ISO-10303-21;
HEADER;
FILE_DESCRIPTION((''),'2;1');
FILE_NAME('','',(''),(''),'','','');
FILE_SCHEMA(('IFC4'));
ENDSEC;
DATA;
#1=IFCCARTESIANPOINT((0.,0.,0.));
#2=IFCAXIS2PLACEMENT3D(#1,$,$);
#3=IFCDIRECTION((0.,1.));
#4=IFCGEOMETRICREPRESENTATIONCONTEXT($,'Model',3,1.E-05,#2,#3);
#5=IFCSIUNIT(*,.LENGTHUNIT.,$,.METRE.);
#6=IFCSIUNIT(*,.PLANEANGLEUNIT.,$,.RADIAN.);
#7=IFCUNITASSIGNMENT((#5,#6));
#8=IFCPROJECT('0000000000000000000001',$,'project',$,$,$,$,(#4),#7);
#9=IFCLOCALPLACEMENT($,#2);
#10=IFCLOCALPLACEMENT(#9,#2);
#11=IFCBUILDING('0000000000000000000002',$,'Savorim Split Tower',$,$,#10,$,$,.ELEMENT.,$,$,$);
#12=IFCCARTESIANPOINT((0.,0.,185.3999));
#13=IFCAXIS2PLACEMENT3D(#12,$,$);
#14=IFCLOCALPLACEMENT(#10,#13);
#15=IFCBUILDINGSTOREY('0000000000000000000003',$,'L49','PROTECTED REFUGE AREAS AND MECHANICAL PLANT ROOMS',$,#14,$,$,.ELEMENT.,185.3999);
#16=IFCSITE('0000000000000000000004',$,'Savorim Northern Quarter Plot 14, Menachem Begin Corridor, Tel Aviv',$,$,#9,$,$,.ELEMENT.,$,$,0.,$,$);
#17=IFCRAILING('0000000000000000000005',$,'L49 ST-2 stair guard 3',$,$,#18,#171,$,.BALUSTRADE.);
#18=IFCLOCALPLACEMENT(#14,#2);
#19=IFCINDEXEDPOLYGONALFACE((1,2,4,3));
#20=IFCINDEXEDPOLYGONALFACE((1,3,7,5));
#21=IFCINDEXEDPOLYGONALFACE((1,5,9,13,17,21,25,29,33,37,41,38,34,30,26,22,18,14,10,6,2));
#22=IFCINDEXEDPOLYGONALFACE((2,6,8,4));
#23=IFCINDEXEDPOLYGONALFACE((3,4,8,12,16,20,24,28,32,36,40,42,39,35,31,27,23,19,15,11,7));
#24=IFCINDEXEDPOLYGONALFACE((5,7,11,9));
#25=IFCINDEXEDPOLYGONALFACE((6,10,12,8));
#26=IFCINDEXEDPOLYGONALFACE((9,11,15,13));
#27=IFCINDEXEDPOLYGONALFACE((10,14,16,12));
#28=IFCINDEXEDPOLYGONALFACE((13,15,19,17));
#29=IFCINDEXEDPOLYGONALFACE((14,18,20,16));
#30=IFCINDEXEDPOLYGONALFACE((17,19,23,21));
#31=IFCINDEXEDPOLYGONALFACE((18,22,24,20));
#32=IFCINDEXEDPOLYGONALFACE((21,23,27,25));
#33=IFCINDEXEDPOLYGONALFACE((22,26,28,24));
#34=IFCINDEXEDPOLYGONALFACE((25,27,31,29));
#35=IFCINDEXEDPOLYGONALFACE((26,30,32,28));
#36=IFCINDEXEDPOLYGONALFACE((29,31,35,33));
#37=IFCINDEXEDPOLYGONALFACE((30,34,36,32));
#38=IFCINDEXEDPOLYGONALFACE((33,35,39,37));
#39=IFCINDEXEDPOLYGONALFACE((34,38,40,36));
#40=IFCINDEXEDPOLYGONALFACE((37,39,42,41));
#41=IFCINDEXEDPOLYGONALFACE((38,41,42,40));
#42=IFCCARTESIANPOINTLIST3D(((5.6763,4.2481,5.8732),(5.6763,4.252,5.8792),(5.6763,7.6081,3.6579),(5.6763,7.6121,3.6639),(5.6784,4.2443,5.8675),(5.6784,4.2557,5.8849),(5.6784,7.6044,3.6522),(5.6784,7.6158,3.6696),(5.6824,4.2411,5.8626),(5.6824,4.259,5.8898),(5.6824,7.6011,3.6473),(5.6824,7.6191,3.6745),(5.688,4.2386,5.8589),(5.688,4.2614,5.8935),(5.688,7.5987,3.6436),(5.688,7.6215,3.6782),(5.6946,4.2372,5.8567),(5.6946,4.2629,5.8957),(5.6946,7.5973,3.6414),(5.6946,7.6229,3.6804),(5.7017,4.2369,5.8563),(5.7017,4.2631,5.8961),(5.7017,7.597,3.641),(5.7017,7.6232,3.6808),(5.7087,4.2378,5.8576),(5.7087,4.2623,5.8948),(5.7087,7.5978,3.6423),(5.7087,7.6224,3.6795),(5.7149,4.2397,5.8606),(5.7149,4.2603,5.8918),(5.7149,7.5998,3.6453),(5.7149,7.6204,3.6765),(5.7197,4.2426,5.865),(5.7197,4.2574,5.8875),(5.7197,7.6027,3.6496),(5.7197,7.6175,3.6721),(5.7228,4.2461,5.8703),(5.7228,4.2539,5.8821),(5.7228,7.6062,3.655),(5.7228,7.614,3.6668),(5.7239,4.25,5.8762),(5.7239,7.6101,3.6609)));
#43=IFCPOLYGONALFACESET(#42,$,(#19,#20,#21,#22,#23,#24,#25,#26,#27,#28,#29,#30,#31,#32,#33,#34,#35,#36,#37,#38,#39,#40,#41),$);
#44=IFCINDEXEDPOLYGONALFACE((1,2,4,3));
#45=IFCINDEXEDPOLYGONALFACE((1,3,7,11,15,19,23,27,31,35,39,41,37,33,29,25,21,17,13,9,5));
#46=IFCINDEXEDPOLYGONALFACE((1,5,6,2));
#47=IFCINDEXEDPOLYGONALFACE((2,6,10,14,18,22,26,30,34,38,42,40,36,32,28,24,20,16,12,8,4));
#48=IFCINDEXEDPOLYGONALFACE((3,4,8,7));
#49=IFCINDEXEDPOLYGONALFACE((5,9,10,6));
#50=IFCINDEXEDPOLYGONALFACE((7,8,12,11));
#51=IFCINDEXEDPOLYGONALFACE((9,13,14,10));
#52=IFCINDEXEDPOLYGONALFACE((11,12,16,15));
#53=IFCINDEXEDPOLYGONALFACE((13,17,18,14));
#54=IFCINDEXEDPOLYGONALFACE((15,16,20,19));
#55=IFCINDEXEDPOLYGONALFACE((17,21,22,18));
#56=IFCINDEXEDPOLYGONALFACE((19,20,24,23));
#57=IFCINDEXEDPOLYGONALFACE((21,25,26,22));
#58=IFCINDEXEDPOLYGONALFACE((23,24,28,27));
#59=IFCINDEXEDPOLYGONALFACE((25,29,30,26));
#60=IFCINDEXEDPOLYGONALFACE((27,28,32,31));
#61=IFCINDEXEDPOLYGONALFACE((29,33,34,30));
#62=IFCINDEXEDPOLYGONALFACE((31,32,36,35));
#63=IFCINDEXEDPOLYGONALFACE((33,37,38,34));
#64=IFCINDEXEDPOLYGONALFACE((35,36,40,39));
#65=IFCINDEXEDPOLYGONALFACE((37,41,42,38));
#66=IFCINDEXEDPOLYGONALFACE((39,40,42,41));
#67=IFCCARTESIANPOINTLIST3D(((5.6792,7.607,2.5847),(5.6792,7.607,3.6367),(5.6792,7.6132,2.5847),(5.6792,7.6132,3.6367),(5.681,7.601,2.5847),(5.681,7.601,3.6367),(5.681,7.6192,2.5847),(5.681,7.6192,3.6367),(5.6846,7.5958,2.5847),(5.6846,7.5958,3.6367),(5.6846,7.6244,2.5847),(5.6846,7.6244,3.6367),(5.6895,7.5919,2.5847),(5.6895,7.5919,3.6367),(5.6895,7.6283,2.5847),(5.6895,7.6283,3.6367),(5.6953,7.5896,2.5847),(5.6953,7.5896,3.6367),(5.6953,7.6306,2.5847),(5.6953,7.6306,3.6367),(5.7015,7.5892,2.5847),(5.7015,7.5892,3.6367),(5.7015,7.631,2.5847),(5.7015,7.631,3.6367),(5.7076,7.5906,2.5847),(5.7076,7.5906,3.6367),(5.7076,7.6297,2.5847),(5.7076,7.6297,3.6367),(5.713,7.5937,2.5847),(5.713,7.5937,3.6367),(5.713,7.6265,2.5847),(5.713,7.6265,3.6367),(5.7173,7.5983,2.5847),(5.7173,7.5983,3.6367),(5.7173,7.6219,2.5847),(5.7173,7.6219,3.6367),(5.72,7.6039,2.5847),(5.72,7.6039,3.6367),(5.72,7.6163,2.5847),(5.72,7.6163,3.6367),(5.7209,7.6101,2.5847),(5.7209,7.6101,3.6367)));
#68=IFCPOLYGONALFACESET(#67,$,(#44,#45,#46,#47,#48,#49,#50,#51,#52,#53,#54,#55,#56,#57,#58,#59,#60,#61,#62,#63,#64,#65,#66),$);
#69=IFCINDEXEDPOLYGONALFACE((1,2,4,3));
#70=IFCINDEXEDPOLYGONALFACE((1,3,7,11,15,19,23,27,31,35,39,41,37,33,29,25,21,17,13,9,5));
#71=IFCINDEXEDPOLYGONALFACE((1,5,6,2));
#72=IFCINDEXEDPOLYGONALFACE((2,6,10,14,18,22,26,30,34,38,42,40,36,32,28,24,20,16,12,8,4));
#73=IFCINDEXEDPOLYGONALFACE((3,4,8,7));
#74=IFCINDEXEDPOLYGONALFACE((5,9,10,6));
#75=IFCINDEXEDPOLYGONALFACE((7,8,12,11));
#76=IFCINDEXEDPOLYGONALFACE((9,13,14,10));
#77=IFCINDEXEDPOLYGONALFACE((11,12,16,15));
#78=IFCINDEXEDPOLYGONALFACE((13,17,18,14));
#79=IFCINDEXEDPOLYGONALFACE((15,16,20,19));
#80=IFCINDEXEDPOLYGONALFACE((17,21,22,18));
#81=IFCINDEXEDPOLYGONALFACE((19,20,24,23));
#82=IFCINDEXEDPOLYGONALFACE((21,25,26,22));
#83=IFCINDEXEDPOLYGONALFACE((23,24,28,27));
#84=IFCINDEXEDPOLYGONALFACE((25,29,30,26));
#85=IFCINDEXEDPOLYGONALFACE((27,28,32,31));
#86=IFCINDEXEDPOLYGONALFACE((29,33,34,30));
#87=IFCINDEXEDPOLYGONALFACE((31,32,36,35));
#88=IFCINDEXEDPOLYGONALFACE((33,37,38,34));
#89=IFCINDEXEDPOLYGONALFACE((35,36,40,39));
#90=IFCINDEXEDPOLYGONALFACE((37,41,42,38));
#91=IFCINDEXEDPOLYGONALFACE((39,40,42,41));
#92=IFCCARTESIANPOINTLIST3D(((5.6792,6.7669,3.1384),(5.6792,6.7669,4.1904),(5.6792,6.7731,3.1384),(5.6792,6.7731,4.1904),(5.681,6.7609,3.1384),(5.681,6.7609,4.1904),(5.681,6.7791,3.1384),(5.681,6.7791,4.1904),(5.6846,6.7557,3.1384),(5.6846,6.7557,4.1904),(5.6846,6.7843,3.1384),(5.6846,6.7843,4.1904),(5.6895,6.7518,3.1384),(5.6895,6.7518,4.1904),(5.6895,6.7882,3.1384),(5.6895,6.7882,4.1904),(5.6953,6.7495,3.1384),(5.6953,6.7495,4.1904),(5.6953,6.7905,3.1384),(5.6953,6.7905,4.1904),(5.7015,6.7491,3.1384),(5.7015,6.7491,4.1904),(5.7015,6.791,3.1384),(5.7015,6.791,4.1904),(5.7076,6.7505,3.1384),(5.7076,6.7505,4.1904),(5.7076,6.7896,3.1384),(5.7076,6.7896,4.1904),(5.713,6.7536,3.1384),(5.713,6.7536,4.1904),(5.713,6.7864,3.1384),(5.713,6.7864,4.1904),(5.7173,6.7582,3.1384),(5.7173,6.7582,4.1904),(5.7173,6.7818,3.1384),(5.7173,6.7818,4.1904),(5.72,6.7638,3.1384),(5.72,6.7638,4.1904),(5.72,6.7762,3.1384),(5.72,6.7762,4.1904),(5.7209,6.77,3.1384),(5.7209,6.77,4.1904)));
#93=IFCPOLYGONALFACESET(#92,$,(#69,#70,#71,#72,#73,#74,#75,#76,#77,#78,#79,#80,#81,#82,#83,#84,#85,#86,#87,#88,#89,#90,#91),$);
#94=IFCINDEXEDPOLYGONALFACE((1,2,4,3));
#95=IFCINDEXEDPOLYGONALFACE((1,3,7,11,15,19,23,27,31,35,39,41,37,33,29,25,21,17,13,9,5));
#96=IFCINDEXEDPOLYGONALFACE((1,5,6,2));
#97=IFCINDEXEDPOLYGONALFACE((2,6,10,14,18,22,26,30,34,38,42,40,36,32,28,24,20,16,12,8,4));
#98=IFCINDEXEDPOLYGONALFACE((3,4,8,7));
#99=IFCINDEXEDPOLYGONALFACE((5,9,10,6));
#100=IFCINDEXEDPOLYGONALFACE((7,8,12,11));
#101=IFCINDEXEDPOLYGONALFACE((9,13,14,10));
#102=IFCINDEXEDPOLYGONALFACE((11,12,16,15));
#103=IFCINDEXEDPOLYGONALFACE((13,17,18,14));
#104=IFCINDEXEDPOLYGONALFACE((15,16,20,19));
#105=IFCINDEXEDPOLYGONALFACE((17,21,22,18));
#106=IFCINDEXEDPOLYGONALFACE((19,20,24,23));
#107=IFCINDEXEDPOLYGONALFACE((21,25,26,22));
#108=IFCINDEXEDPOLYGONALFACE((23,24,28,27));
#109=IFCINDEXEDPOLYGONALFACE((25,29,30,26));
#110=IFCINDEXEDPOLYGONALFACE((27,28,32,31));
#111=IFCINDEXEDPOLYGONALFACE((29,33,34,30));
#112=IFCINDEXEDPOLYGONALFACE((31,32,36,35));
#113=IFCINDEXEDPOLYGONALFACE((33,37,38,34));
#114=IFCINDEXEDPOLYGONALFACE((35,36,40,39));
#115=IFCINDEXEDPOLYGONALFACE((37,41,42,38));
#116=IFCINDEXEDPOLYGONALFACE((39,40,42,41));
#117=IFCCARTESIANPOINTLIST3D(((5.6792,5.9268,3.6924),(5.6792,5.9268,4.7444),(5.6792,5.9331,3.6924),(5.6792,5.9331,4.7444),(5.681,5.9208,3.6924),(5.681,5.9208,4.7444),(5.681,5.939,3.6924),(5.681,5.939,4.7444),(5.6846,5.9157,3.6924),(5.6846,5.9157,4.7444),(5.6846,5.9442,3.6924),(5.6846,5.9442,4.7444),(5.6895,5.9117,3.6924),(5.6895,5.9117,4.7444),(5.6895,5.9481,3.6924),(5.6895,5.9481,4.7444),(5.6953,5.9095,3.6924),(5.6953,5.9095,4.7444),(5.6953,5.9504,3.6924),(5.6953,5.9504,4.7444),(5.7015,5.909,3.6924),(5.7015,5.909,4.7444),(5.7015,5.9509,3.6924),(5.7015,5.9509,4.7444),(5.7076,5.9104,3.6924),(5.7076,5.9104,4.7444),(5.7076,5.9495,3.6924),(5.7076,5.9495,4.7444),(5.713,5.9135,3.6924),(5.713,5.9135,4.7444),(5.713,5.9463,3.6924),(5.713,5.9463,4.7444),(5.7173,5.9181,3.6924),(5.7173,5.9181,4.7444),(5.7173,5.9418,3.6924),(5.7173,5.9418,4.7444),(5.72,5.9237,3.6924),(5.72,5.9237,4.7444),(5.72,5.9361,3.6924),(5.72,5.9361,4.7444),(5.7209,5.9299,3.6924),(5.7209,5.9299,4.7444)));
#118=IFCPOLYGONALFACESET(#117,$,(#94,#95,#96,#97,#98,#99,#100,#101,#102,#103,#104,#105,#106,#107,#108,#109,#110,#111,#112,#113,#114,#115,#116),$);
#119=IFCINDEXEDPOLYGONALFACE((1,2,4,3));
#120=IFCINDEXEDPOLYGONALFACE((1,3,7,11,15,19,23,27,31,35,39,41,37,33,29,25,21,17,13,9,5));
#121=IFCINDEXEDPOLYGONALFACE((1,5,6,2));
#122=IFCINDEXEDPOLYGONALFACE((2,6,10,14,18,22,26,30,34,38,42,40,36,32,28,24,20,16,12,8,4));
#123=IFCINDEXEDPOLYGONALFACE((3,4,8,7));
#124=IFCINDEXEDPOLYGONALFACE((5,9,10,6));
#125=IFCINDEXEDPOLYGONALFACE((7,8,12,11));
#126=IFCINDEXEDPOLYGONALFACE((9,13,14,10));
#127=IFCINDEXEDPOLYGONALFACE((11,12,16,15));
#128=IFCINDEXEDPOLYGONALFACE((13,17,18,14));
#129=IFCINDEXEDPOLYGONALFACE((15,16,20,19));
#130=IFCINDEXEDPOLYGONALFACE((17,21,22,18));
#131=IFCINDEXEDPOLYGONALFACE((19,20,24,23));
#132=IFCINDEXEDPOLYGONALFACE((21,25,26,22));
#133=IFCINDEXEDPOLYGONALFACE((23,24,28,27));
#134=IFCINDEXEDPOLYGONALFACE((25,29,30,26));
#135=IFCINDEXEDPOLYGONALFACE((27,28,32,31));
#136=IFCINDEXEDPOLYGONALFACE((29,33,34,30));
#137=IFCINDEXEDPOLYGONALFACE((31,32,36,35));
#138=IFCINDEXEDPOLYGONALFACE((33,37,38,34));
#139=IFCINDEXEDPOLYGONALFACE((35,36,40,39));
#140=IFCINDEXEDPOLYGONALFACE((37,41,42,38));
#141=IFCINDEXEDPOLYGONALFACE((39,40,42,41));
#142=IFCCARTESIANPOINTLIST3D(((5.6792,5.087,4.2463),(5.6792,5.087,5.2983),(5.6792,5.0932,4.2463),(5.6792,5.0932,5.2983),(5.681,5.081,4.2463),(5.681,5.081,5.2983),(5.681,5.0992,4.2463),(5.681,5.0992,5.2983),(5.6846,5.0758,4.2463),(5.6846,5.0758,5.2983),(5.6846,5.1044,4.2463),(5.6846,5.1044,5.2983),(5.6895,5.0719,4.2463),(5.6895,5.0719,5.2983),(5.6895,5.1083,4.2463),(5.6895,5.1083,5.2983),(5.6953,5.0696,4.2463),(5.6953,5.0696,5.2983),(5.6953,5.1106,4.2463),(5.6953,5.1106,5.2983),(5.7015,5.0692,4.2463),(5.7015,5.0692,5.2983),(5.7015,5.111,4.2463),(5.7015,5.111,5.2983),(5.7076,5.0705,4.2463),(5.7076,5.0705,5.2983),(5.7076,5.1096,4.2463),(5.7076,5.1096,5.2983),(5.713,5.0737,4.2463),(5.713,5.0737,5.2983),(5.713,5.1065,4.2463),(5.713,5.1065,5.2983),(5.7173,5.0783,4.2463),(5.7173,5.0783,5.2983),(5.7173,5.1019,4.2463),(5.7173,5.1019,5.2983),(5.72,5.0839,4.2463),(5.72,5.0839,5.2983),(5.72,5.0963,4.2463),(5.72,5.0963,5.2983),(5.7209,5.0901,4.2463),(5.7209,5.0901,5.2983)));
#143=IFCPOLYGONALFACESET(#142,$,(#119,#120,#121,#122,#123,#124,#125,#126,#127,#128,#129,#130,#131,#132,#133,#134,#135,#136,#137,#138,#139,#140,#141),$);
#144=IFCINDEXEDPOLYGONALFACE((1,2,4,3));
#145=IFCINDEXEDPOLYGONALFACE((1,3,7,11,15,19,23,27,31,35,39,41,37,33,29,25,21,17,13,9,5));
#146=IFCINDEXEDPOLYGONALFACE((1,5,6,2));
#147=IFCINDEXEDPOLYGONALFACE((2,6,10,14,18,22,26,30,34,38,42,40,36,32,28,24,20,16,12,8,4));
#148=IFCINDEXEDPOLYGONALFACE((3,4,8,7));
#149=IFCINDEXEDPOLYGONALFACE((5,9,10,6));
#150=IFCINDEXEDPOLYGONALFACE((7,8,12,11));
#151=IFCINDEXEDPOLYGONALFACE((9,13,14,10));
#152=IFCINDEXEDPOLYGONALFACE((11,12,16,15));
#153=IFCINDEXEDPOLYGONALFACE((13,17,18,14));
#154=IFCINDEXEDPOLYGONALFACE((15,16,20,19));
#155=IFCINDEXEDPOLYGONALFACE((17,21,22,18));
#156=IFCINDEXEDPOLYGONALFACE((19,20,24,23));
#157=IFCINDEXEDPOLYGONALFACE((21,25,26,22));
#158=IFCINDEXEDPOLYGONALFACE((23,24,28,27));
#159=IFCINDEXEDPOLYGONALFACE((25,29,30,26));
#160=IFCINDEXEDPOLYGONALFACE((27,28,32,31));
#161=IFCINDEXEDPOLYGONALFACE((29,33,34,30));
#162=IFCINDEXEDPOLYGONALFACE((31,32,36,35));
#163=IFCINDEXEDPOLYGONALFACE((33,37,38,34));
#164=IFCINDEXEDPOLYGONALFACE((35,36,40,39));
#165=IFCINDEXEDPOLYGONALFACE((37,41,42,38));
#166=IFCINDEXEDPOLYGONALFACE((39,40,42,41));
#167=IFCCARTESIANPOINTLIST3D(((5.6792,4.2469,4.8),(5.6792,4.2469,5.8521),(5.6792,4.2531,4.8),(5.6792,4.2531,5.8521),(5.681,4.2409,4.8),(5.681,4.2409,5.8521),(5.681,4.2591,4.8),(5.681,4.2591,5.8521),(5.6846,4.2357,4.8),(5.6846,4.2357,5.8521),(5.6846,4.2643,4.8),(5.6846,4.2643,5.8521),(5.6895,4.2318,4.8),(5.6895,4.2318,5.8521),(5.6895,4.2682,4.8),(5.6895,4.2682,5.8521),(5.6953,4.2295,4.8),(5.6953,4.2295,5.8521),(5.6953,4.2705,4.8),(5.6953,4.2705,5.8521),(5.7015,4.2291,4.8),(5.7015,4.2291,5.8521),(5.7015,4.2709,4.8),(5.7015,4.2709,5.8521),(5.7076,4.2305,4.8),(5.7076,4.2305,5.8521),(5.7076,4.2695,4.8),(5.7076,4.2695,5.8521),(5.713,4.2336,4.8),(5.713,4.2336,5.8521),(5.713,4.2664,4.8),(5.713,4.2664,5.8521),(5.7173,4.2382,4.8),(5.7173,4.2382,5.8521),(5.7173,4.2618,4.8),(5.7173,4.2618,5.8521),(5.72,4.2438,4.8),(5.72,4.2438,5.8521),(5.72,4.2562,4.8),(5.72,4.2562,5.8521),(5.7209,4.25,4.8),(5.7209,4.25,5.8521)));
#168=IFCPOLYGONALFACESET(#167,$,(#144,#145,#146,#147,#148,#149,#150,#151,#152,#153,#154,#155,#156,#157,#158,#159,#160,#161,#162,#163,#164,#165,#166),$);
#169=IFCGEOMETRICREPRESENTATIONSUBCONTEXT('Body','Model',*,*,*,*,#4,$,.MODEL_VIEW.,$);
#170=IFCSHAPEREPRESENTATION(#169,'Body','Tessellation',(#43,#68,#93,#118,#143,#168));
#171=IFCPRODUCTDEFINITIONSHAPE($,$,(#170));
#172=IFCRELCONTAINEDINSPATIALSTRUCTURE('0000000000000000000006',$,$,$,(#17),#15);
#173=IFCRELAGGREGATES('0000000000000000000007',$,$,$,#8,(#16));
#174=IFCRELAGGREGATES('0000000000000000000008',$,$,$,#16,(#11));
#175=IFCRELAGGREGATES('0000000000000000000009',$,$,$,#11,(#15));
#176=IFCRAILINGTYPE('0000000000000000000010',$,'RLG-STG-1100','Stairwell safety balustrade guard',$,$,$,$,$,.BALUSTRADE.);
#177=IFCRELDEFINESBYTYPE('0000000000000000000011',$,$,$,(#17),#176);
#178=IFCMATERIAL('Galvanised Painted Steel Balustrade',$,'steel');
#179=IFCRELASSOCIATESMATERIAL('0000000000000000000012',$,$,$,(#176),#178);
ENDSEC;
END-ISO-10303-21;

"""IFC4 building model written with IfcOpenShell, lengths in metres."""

from ifc_helpers import new_model, si_unit, direction, frame, origin, origin_2d, place, context, subcontext, project, spatial, circle, extrude, material, type_object, element, save


model = new_model("IFC4")

# Units and contexts
model_context = context("Model", 3, precision=1e-05, world=origin(), true_north=direction((0.0, 1.0)))
body_context = subcontext(model_context, "Body", "Model", "MODEL_VIEW")
ifc_project = project(units=[si_unit("LENGTHUNIT", "METRE"), si_unit("PLANEANGLEUNIT", "RADIAN")], contexts=[model_context])

# Site, building, storey
site_placement = place(None, origin())
site = spatial("IfcSite", under=ifc_project, at=site_placement, Name="Savorim Northern Quarter Plot 14, Menachem Begin Corridor, Tel Aviv", CompositionType="ELEMENT", RefElevation=0.0)
building_placement = place(site_placement, origin())
building = spatial("IfcBuilding", under=site, at=building_placement, Name="Savorim Split Tower", CompositionType="ELEMENT")
storey_placement = place(building_placement, frame((0.0, 0.0, 185.3999)))
storey = spatial("IfcBuildingStorey", under=building, at=storey_placement, Name="L49", Description="PROTECTED REFUGE AREAS AND MECHANICAL PLANT ROOMS", CompositionType="ELEMENT", Elevation=185.3999)

# Shared definitions
ifc_material_1 = material(Name="Galvanised Painted Steel Balustrade", Category="steel")

# Railing
railing_type_1 = type_object("IfcRailingType", Name="RLG-STG-1100", Description="Stairwell safety balustrade guard", PredefinedType="BALUSTRADE", material=ifc_material_1)
railing_1_placement = place(storey_placement, frame((5.7, 7.6101, 2.5847)))
element("IfcRailing", 1, at=railing_1_placement, inside=storey, type_object=railing_type_1, Name="L49 ST-2 stair guard 3", PredefinedType="BALUSTRADE", context=body_context, shape_type="SweptSolid", body=[
    extrude(circle(Radius=0.0239, at=origin_2d()), frame((0.0, 0.0, 1.0762), z_axis=(0.0, -0.834876, 0.550437), x_axis=(1.0, 0.0, 0.0)), (0.0, 0.0, 1.0), 4.0247),
    extrude(circle(Radius=0.021, at=origin_2d()), origin(), (0.0, 0.0, 1.0), 1.052),
    extrude(circle(Radius=0.021, at=origin_2d()), frame((0.0, -0.8401, 0.5537)), (0.0, 0.0, 1.0), 1.052),
    extrude(circle(Radius=0.021, at=origin_2d()), frame((0.0, -1.6802, 1.1077)), (0.0, 0.0, 1.0), 1.052),
    extrude(circle(Radius=0.021, at=origin_2d()), frame((0.0, -2.52, 1.6616)), (0.0, 0.0, 1.0), 1.052),
    extrude(circle(Radius=0.021, at=origin_2d()), frame((0.0, -3.3601, 2.2153)), (0.0, 0.0, 1.0), 1.052),
])

save(model, "model.ifc")
